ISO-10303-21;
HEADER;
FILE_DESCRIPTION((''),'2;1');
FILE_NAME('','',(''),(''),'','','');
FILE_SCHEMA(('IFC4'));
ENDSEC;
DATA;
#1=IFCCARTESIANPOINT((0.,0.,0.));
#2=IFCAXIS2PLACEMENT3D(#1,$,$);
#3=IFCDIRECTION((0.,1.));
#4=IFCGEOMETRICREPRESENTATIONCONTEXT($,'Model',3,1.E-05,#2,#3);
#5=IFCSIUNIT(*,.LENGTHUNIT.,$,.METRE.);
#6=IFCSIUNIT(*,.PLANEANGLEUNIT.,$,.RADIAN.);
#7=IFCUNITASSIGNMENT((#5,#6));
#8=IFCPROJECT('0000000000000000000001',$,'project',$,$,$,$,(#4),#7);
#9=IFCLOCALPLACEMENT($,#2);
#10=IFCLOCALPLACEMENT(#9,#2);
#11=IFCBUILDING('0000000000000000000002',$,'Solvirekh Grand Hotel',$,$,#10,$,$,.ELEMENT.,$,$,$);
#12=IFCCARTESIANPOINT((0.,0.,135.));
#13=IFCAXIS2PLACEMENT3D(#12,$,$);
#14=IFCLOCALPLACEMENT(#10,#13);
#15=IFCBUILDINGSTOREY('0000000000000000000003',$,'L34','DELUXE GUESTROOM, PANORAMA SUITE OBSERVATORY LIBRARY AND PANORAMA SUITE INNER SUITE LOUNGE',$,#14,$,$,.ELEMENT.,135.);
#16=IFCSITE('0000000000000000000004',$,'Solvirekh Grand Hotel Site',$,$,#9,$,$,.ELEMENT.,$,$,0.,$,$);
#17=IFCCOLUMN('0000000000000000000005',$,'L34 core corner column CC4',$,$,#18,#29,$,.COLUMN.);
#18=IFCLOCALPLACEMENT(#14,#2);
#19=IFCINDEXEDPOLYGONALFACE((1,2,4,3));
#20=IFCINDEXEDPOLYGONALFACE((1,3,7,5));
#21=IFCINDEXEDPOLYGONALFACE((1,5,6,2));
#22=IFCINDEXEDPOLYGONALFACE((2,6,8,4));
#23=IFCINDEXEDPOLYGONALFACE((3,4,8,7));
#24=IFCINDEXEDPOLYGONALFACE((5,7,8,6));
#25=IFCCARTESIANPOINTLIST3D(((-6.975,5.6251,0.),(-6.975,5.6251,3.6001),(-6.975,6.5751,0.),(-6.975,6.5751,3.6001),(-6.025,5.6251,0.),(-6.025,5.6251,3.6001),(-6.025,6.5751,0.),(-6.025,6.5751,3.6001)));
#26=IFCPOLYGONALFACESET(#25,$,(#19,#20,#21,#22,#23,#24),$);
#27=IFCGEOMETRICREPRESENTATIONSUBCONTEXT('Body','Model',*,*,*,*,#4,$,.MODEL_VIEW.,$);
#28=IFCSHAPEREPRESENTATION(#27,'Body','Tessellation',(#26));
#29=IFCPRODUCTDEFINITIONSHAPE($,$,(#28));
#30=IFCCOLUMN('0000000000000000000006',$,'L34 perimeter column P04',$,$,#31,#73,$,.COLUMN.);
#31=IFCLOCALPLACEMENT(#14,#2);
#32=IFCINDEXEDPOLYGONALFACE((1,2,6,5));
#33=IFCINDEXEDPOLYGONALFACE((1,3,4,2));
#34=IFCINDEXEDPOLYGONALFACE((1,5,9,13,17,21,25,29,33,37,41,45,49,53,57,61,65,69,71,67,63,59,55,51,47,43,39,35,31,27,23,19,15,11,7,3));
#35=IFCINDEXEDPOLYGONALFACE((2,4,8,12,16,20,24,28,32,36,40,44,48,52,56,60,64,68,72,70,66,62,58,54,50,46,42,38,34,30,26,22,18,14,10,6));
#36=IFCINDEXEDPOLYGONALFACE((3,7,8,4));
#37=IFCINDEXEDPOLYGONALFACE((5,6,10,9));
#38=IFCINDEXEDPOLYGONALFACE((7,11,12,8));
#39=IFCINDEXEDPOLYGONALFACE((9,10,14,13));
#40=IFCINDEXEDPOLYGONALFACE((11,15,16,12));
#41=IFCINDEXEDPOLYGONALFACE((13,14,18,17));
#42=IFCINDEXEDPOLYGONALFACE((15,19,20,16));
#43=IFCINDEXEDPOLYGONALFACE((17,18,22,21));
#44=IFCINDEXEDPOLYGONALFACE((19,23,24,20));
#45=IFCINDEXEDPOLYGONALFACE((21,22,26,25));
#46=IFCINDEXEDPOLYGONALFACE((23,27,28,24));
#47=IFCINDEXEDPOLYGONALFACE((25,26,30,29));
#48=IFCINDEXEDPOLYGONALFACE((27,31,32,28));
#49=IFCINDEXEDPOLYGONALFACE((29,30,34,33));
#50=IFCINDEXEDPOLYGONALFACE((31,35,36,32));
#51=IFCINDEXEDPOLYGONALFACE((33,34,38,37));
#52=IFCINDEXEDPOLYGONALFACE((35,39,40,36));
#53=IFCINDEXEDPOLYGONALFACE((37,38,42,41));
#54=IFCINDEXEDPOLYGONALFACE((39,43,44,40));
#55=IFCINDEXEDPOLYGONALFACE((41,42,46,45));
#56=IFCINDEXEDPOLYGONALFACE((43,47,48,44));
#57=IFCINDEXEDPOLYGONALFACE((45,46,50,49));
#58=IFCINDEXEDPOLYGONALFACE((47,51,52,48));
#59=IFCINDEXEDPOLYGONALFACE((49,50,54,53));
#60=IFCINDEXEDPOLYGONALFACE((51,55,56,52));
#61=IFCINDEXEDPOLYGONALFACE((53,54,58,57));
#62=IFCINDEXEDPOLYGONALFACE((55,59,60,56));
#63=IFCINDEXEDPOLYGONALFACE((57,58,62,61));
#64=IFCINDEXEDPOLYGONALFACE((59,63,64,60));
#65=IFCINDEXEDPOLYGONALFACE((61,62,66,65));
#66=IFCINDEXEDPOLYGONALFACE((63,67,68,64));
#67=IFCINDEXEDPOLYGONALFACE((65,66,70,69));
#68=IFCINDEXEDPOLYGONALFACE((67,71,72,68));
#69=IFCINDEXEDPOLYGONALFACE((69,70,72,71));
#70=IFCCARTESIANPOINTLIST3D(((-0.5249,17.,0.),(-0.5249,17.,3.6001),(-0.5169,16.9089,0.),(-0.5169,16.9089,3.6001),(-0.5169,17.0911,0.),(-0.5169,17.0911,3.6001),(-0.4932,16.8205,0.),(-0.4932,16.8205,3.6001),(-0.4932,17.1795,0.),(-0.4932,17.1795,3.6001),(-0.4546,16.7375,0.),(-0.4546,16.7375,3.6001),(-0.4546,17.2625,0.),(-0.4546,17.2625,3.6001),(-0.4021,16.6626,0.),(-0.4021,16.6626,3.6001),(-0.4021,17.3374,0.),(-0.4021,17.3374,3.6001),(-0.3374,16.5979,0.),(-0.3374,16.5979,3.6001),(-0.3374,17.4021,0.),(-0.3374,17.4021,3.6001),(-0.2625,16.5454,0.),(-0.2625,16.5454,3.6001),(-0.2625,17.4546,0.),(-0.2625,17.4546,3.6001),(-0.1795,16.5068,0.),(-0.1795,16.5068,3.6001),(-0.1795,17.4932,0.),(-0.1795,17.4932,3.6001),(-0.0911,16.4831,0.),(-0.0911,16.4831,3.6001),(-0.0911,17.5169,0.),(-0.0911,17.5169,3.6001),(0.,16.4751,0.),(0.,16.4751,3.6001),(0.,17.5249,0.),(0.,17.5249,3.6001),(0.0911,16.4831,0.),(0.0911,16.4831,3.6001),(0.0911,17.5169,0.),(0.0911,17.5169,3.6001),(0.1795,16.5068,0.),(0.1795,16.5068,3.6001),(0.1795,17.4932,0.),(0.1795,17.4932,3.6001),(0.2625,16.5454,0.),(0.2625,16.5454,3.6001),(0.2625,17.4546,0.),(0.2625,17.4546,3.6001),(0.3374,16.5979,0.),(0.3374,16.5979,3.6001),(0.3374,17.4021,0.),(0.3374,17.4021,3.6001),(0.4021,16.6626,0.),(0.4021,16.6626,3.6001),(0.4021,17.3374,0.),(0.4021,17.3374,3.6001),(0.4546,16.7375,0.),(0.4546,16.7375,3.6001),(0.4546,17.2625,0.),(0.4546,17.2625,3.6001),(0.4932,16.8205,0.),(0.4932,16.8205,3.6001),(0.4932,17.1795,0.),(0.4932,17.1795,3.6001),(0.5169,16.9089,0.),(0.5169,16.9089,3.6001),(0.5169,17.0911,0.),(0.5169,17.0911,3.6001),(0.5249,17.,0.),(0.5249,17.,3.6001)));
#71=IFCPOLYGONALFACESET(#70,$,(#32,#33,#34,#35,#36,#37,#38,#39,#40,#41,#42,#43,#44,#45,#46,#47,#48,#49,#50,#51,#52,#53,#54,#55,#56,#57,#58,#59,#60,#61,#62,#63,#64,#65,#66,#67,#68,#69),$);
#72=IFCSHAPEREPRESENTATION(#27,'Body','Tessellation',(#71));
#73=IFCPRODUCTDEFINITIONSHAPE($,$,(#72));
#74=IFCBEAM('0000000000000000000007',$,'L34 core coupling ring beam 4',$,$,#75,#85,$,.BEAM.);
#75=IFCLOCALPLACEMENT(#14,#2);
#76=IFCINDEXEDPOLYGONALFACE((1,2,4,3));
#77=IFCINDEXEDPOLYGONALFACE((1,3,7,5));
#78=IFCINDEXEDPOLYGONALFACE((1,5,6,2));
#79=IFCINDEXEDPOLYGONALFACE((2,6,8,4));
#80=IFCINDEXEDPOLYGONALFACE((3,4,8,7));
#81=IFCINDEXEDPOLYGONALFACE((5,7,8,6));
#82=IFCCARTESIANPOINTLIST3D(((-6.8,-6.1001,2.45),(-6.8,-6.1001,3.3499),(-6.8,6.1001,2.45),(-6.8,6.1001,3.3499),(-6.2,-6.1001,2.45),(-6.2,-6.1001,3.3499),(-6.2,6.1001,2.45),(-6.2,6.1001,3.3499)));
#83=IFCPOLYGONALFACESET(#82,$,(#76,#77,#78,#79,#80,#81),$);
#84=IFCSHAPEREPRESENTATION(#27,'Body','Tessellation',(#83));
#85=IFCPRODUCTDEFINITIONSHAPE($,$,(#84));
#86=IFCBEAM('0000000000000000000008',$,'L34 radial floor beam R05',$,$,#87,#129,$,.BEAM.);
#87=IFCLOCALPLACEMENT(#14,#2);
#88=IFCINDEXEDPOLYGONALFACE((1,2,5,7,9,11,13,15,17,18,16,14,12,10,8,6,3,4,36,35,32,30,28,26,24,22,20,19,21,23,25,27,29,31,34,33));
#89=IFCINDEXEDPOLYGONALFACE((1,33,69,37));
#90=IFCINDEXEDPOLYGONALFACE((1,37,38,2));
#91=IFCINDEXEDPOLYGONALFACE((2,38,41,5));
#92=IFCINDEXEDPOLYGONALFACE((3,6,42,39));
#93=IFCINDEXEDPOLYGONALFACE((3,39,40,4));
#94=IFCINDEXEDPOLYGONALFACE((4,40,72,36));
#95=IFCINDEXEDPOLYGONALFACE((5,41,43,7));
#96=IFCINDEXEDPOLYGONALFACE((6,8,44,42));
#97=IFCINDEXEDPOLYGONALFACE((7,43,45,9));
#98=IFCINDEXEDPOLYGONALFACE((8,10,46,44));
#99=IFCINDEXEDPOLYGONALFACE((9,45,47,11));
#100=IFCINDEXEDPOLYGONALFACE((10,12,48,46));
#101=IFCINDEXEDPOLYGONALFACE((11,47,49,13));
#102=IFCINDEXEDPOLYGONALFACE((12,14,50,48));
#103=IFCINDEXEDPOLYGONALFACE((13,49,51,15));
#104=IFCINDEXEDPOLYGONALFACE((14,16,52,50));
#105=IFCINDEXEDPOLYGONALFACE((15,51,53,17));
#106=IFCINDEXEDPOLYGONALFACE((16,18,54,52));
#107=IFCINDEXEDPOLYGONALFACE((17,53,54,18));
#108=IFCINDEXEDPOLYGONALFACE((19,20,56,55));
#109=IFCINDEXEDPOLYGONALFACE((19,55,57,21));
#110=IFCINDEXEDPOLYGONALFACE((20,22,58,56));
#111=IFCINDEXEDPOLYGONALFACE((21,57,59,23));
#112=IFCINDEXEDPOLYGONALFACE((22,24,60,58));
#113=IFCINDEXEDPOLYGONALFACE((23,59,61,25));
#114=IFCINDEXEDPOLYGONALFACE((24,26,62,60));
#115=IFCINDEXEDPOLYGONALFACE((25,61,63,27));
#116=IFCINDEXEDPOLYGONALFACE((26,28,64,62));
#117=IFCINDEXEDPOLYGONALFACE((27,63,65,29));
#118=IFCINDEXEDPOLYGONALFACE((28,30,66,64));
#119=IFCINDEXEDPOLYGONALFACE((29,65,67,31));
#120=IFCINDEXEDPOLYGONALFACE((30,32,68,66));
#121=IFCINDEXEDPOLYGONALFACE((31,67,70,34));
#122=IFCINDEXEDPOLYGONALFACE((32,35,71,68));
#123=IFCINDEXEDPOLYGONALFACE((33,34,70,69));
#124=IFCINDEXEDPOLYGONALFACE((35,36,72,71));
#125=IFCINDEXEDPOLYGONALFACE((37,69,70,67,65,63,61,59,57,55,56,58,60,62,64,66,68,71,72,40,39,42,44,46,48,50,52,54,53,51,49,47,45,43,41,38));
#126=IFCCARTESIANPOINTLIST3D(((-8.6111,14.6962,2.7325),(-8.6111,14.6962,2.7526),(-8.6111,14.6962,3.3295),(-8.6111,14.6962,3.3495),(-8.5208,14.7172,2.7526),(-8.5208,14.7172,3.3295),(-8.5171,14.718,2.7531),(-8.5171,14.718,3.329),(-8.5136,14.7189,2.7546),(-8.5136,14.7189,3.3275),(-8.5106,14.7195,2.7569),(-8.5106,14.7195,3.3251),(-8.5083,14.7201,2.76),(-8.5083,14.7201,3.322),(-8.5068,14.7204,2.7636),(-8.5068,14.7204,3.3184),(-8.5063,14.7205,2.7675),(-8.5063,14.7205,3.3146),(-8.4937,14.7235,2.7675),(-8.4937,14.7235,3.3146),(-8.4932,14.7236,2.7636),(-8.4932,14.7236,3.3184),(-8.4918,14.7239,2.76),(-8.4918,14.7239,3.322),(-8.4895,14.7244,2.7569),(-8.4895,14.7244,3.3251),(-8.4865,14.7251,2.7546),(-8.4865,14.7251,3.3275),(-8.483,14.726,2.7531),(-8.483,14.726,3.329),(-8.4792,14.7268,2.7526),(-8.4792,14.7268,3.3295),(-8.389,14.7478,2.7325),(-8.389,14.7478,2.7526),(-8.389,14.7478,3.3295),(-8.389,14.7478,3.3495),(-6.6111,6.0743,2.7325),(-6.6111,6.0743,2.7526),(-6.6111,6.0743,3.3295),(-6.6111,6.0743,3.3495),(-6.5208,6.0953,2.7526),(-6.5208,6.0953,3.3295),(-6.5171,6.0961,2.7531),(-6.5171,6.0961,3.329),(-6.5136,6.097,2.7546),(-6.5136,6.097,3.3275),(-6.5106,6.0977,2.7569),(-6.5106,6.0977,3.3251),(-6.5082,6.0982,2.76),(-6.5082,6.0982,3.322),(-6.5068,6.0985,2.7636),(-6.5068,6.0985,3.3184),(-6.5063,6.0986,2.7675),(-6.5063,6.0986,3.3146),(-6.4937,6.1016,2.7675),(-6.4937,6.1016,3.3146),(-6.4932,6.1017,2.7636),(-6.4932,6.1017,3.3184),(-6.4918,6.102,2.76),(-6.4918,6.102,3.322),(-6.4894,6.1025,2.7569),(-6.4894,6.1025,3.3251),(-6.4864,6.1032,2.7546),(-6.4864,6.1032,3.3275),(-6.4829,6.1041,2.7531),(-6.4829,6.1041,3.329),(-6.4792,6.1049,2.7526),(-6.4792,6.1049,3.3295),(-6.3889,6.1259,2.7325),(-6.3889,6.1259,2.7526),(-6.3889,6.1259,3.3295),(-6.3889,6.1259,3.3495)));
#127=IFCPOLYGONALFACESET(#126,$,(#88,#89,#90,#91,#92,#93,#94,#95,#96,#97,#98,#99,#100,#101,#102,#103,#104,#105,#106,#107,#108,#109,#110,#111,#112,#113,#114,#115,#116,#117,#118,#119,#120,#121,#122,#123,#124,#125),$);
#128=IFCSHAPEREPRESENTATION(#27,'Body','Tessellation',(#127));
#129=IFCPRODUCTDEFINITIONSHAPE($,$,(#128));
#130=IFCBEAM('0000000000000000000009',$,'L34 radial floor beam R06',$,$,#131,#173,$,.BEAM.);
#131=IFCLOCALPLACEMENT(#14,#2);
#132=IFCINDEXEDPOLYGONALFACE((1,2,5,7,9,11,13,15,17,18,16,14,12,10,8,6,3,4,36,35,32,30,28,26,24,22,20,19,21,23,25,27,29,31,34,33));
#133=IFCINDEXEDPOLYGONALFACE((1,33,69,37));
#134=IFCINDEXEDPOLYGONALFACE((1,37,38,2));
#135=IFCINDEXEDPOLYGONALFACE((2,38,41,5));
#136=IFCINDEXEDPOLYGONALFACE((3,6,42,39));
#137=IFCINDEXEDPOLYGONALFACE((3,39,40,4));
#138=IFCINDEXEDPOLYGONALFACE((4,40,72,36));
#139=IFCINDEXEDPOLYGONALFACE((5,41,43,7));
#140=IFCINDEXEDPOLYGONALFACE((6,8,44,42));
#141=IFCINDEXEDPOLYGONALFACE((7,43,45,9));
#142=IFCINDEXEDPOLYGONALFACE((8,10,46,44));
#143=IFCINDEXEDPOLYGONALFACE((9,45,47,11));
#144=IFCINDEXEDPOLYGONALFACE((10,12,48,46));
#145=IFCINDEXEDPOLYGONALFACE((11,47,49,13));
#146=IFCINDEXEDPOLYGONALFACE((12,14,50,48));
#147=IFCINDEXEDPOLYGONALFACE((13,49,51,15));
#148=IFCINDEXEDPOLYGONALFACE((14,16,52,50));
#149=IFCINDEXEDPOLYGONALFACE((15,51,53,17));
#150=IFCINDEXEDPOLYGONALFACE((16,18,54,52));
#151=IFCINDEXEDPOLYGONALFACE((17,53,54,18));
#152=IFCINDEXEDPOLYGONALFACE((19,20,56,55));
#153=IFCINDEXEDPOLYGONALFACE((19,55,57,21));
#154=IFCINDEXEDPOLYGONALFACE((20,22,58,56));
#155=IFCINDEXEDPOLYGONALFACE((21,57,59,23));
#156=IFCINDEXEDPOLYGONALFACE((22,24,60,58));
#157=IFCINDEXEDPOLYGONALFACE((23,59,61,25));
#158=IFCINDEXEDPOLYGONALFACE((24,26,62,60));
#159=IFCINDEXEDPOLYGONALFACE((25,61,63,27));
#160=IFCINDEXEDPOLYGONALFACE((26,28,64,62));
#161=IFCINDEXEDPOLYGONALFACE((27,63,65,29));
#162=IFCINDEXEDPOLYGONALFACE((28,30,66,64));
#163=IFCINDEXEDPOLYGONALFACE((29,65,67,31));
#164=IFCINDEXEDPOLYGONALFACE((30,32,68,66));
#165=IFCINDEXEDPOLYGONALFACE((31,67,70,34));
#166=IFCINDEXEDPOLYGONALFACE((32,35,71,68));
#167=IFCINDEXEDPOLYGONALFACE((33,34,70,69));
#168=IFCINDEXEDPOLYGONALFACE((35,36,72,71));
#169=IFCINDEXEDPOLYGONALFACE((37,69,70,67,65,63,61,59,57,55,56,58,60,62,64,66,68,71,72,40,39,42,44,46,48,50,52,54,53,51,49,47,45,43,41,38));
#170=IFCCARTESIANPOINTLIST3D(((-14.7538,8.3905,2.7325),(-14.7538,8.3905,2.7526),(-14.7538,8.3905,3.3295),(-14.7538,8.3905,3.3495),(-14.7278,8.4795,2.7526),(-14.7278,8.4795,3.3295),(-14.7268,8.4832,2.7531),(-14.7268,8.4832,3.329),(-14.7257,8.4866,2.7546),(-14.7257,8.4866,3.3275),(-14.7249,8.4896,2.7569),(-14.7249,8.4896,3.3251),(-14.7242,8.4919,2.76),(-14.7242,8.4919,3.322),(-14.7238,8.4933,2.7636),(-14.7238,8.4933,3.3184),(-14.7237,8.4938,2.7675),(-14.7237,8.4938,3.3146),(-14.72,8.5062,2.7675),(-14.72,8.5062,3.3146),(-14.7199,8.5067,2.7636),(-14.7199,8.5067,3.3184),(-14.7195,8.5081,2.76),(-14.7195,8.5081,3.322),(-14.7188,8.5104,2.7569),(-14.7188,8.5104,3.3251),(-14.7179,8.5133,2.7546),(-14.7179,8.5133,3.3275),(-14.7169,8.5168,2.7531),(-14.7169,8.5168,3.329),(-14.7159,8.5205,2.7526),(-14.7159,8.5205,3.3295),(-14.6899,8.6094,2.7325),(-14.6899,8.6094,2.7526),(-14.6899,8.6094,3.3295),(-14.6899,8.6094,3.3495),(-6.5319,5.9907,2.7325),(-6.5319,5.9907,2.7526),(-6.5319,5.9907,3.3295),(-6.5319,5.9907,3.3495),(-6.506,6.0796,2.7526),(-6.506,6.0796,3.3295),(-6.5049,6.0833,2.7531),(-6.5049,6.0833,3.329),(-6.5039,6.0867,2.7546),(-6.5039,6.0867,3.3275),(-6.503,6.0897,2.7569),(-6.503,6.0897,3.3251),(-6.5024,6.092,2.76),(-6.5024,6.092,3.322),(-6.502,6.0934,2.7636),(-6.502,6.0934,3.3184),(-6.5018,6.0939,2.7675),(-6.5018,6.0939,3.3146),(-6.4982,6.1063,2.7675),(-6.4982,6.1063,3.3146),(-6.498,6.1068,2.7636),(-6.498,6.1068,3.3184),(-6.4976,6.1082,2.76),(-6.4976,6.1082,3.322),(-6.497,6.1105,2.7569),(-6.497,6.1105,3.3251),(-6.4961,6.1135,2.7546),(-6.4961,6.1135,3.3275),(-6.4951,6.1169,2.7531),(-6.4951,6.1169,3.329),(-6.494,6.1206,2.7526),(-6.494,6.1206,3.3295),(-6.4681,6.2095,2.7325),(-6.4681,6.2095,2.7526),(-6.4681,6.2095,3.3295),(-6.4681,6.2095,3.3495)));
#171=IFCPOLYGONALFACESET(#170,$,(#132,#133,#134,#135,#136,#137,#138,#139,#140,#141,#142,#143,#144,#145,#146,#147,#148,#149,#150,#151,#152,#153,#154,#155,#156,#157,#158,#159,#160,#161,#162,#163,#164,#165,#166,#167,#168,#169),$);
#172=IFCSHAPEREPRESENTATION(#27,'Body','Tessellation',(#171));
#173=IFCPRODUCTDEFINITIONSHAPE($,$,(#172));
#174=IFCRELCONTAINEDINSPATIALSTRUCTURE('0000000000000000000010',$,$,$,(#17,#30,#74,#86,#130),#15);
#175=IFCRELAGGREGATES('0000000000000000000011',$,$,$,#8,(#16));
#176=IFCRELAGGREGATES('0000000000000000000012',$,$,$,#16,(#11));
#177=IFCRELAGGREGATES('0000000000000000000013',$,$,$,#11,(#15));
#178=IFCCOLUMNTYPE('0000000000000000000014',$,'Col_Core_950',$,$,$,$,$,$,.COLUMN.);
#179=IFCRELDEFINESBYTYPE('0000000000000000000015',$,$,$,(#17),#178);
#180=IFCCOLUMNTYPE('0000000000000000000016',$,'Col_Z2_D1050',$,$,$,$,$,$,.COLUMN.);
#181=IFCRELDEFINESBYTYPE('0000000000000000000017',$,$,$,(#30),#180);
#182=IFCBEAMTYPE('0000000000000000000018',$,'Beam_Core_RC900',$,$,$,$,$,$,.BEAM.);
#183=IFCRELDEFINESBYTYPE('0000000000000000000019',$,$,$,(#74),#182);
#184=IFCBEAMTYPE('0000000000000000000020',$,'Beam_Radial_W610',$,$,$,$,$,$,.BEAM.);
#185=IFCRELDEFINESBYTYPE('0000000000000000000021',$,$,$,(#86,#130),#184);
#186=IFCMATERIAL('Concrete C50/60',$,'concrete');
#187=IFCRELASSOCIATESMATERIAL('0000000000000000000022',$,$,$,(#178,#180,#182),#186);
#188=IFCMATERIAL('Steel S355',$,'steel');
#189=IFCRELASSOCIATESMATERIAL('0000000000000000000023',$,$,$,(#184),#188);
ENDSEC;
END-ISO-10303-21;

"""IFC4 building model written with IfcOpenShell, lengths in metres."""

from ifc_helpers import new_model, si_unit, direction, frame, origin, origin_2d, place, context, subcontext, project, spatial, rectangle, circle, i_section, extrude, material, material_profile, profile_set, type_object, element, save


model = new_model("IFC4")

# Units and contexts
model_context = context("Model", 3, precision=1e-05, world=origin(), true_north=direction((0.0, 1.0)))
body_context = subcontext(model_context, "Body", "Model", "MODEL_VIEW")
ifc_project = project(units=[si_unit("LENGTHUNIT", "METRE"), si_unit("PLANEANGLEUNIT", "RADIAN")], contexts=[model_context])

# Site, building, storey
site_placement = place(None, origin())
site = spatial("IfcSite", under=ifc_project, at=site_placement, Name="Solvirekh Grand Hotel Site", CompositionType="ELEMENT", RefElevation=0.0)
building_placement = place(site_placement, origin())
building = spatial("IfcBuilding", under=site, at=building_placement, Name="Solvirekh Grand Hotel", CompositionType="ELEMENT")
storey_placement = place(building_placement, frame((0.0, 0.0, 135.0)))
storey = spatial("IfcBuildingStorey", under=building, at=storey_placement, Name="L34", Description="DELUXE GUESTROOM, PANORAMA SUITE OBSERVATORY LIBRARY AND PANORAMA SUITE INNER SUITE LOUNGE", CompositionType="ELEMENT", Elevation=135.0)

# Columns
ifc_material_1 = material(Name="Concrete C50/60", Category="concrete")
ifc_material_profile_1 = material_profile(ifc_material_1, rectangle(XDim=0.95, YDim=0.95, at=origin_2d()), Name="RC 950X950")
ifc_profile_set_1 = profile_set([ifc_material_profile_1], Name="Concrete C50/60")
column_type_1 = type_object("IfcColumnType", Name="Col_Core_950", PredefinedType="COLUMN", material=ifc_profile_set_1)
column_1_placement = place(storey_placement, frame((-6.5, 6.1001, 0.0), z_axis=(0.0, 0.0, 1.0), x_axis=(1.0, 0.0, 0.0)))
element("IfcColumn", 1, at=column_1_placement, inside=storey, type_object=column_type_1, Name="L34 core corner column CC4", PredefinedType="COLUMN", context=body_context, shape_type="SweptSolid", body=[
    extrude(rectangle(XDim=0.95, YDim=0.95, at=origin_2d()), origin(), (0.0, 0.0, 1.0), 3.6001),
])
ifc_material_profile_2 = material_profile(ifc_material_1, circle(Radius=0.5249, at=origin_2d()), Name="RC CIRC D1050")
ifc_profile_set_2 = profile_set([ifc_material_profile_2], Name="Concrete C50/60")
column_type_2 = type_object("IfcColumnType", Name="Col_Z2_D1050", PredefinedType="COLUMN", material=ifc_profile_set_2)
column_2_placement = place(storey_placement, frame((0.0, 17.0, 0.0), z_axis=(0.0, 0.0, 1.0), x_axis=(1.0, 0.0, 0.0)))
element("IfcColumn", 2, at=column_2_placement, inside=storey, type_object=column_type_2, Name="L34 perimeter column P04", PredefinedType="COLUMN", context=body_context, shape_type="SweptSolid", body=[
    extrude(circle(Radius=0.5249, at=origin_2d()), origin(), (0.0, 0.0, 1.0), 3.6001),
])

# Beams
ifc_material_profile_3 = material_profile(ifc_material_1, rectangle(XDim=0.6001, YDim=0.8999, at=origin_2d()), Name="RC BEAM 600X900")
ifc_profile_set_3 = profile_set([ifc_material_profile_3], Name="Concrete C50/60")
beam_type_1 = type_object("IfcBeamType", Name="Beam_Core_RC900", PredefinedType="BEAM", material=ifc_profile_set_3)
beam_1_placement = place(storey_placement, frame((-6.5, 6.1001, 2.8999), z_axis=(0.0, -1.0, 0.0), x_axis=(1.0, 0.0, 0.0)))
element("IfcBeam", 3, at=beam_1_placement, inside=storey, type_object=beam_type_1, Name="L34 core coupling ring beam 4", PredefinedType="BEAM", context=body_context, shape_type="SweptSolid", body=[
    extrude(rectangle(XDim=0.6001, YDim=0.8999, at=origin_2d()), origin(), (0.0, 0.0, 1.0), 12.2002),
])
ifc_material_2 = material(Name="Steel S355", Category="steel")
ifc_material_profile_4 = material_profile(ifc_material_2, i_section(OverallWidth=0.228, OverallDepth=0.6169, WebThickness=0.0129, FlangeThickness=0.02, FilletRadius=0.0149, at=origin_2d()), Name="W610X140")
ifc_profile_set_4 = profile_set([ifc_material_profile_4], Name="Steel S355")
beam_type_2 = type_object("IfcBeamType", Name="Beam_Radial_W610", PredefinedType="BEAM", material=ifc_profile_set_4)
beam_2_placement = place(storey_placement, frame((-6.5, 6.1001, 3.041), z_axis=(-0.225969, 0.974134, 0.0), x_axis=(-0.974134, -0.225969, 0.0)))
element("IfcBeam", 4, at=beam_2_placement, inside=storey, type_object=beam_type_2, Name="L34 radial floor beam R05", PredefinedType="BEAM", context=body_context, shape_type="SweptSolid", body=[
    extrude(i_section(OverallWidth=0.228, OverallDepth=0.6169, WebThickness=0.0129, FlangeThickness=0.02, FilletRadius=0.0149, at=origin_2d()), origin(), (0.0, 0.0, 1.0), 8.8508),
])
beam_3_placement = place(storey_placement, frame((-6.5, 6.1001, 3.041), z_axis=(-0.959942, 0.280198, 0.0), x_axis=(-0.280198, -0.959942, 0.0)))
element("IfcBeam", 5, at=beam_3_placement, inside=storey, type_object=beam_type_2, Name="L34 radial floor beam R06", PredefinedType="BEAM", context=body_context, shape_type="SweptSolid", body=[
    extrude(i_section(OverallWidth=0.228, OverallDepth=0.6169, WebThickness=0.0129, FlangeThickness=0.02, FilletRadius=0.0149, at=origin_2d()), origin(), (0.0, 0.0, 1.0), 8.5649),
])

save(model, "model.ifc")
